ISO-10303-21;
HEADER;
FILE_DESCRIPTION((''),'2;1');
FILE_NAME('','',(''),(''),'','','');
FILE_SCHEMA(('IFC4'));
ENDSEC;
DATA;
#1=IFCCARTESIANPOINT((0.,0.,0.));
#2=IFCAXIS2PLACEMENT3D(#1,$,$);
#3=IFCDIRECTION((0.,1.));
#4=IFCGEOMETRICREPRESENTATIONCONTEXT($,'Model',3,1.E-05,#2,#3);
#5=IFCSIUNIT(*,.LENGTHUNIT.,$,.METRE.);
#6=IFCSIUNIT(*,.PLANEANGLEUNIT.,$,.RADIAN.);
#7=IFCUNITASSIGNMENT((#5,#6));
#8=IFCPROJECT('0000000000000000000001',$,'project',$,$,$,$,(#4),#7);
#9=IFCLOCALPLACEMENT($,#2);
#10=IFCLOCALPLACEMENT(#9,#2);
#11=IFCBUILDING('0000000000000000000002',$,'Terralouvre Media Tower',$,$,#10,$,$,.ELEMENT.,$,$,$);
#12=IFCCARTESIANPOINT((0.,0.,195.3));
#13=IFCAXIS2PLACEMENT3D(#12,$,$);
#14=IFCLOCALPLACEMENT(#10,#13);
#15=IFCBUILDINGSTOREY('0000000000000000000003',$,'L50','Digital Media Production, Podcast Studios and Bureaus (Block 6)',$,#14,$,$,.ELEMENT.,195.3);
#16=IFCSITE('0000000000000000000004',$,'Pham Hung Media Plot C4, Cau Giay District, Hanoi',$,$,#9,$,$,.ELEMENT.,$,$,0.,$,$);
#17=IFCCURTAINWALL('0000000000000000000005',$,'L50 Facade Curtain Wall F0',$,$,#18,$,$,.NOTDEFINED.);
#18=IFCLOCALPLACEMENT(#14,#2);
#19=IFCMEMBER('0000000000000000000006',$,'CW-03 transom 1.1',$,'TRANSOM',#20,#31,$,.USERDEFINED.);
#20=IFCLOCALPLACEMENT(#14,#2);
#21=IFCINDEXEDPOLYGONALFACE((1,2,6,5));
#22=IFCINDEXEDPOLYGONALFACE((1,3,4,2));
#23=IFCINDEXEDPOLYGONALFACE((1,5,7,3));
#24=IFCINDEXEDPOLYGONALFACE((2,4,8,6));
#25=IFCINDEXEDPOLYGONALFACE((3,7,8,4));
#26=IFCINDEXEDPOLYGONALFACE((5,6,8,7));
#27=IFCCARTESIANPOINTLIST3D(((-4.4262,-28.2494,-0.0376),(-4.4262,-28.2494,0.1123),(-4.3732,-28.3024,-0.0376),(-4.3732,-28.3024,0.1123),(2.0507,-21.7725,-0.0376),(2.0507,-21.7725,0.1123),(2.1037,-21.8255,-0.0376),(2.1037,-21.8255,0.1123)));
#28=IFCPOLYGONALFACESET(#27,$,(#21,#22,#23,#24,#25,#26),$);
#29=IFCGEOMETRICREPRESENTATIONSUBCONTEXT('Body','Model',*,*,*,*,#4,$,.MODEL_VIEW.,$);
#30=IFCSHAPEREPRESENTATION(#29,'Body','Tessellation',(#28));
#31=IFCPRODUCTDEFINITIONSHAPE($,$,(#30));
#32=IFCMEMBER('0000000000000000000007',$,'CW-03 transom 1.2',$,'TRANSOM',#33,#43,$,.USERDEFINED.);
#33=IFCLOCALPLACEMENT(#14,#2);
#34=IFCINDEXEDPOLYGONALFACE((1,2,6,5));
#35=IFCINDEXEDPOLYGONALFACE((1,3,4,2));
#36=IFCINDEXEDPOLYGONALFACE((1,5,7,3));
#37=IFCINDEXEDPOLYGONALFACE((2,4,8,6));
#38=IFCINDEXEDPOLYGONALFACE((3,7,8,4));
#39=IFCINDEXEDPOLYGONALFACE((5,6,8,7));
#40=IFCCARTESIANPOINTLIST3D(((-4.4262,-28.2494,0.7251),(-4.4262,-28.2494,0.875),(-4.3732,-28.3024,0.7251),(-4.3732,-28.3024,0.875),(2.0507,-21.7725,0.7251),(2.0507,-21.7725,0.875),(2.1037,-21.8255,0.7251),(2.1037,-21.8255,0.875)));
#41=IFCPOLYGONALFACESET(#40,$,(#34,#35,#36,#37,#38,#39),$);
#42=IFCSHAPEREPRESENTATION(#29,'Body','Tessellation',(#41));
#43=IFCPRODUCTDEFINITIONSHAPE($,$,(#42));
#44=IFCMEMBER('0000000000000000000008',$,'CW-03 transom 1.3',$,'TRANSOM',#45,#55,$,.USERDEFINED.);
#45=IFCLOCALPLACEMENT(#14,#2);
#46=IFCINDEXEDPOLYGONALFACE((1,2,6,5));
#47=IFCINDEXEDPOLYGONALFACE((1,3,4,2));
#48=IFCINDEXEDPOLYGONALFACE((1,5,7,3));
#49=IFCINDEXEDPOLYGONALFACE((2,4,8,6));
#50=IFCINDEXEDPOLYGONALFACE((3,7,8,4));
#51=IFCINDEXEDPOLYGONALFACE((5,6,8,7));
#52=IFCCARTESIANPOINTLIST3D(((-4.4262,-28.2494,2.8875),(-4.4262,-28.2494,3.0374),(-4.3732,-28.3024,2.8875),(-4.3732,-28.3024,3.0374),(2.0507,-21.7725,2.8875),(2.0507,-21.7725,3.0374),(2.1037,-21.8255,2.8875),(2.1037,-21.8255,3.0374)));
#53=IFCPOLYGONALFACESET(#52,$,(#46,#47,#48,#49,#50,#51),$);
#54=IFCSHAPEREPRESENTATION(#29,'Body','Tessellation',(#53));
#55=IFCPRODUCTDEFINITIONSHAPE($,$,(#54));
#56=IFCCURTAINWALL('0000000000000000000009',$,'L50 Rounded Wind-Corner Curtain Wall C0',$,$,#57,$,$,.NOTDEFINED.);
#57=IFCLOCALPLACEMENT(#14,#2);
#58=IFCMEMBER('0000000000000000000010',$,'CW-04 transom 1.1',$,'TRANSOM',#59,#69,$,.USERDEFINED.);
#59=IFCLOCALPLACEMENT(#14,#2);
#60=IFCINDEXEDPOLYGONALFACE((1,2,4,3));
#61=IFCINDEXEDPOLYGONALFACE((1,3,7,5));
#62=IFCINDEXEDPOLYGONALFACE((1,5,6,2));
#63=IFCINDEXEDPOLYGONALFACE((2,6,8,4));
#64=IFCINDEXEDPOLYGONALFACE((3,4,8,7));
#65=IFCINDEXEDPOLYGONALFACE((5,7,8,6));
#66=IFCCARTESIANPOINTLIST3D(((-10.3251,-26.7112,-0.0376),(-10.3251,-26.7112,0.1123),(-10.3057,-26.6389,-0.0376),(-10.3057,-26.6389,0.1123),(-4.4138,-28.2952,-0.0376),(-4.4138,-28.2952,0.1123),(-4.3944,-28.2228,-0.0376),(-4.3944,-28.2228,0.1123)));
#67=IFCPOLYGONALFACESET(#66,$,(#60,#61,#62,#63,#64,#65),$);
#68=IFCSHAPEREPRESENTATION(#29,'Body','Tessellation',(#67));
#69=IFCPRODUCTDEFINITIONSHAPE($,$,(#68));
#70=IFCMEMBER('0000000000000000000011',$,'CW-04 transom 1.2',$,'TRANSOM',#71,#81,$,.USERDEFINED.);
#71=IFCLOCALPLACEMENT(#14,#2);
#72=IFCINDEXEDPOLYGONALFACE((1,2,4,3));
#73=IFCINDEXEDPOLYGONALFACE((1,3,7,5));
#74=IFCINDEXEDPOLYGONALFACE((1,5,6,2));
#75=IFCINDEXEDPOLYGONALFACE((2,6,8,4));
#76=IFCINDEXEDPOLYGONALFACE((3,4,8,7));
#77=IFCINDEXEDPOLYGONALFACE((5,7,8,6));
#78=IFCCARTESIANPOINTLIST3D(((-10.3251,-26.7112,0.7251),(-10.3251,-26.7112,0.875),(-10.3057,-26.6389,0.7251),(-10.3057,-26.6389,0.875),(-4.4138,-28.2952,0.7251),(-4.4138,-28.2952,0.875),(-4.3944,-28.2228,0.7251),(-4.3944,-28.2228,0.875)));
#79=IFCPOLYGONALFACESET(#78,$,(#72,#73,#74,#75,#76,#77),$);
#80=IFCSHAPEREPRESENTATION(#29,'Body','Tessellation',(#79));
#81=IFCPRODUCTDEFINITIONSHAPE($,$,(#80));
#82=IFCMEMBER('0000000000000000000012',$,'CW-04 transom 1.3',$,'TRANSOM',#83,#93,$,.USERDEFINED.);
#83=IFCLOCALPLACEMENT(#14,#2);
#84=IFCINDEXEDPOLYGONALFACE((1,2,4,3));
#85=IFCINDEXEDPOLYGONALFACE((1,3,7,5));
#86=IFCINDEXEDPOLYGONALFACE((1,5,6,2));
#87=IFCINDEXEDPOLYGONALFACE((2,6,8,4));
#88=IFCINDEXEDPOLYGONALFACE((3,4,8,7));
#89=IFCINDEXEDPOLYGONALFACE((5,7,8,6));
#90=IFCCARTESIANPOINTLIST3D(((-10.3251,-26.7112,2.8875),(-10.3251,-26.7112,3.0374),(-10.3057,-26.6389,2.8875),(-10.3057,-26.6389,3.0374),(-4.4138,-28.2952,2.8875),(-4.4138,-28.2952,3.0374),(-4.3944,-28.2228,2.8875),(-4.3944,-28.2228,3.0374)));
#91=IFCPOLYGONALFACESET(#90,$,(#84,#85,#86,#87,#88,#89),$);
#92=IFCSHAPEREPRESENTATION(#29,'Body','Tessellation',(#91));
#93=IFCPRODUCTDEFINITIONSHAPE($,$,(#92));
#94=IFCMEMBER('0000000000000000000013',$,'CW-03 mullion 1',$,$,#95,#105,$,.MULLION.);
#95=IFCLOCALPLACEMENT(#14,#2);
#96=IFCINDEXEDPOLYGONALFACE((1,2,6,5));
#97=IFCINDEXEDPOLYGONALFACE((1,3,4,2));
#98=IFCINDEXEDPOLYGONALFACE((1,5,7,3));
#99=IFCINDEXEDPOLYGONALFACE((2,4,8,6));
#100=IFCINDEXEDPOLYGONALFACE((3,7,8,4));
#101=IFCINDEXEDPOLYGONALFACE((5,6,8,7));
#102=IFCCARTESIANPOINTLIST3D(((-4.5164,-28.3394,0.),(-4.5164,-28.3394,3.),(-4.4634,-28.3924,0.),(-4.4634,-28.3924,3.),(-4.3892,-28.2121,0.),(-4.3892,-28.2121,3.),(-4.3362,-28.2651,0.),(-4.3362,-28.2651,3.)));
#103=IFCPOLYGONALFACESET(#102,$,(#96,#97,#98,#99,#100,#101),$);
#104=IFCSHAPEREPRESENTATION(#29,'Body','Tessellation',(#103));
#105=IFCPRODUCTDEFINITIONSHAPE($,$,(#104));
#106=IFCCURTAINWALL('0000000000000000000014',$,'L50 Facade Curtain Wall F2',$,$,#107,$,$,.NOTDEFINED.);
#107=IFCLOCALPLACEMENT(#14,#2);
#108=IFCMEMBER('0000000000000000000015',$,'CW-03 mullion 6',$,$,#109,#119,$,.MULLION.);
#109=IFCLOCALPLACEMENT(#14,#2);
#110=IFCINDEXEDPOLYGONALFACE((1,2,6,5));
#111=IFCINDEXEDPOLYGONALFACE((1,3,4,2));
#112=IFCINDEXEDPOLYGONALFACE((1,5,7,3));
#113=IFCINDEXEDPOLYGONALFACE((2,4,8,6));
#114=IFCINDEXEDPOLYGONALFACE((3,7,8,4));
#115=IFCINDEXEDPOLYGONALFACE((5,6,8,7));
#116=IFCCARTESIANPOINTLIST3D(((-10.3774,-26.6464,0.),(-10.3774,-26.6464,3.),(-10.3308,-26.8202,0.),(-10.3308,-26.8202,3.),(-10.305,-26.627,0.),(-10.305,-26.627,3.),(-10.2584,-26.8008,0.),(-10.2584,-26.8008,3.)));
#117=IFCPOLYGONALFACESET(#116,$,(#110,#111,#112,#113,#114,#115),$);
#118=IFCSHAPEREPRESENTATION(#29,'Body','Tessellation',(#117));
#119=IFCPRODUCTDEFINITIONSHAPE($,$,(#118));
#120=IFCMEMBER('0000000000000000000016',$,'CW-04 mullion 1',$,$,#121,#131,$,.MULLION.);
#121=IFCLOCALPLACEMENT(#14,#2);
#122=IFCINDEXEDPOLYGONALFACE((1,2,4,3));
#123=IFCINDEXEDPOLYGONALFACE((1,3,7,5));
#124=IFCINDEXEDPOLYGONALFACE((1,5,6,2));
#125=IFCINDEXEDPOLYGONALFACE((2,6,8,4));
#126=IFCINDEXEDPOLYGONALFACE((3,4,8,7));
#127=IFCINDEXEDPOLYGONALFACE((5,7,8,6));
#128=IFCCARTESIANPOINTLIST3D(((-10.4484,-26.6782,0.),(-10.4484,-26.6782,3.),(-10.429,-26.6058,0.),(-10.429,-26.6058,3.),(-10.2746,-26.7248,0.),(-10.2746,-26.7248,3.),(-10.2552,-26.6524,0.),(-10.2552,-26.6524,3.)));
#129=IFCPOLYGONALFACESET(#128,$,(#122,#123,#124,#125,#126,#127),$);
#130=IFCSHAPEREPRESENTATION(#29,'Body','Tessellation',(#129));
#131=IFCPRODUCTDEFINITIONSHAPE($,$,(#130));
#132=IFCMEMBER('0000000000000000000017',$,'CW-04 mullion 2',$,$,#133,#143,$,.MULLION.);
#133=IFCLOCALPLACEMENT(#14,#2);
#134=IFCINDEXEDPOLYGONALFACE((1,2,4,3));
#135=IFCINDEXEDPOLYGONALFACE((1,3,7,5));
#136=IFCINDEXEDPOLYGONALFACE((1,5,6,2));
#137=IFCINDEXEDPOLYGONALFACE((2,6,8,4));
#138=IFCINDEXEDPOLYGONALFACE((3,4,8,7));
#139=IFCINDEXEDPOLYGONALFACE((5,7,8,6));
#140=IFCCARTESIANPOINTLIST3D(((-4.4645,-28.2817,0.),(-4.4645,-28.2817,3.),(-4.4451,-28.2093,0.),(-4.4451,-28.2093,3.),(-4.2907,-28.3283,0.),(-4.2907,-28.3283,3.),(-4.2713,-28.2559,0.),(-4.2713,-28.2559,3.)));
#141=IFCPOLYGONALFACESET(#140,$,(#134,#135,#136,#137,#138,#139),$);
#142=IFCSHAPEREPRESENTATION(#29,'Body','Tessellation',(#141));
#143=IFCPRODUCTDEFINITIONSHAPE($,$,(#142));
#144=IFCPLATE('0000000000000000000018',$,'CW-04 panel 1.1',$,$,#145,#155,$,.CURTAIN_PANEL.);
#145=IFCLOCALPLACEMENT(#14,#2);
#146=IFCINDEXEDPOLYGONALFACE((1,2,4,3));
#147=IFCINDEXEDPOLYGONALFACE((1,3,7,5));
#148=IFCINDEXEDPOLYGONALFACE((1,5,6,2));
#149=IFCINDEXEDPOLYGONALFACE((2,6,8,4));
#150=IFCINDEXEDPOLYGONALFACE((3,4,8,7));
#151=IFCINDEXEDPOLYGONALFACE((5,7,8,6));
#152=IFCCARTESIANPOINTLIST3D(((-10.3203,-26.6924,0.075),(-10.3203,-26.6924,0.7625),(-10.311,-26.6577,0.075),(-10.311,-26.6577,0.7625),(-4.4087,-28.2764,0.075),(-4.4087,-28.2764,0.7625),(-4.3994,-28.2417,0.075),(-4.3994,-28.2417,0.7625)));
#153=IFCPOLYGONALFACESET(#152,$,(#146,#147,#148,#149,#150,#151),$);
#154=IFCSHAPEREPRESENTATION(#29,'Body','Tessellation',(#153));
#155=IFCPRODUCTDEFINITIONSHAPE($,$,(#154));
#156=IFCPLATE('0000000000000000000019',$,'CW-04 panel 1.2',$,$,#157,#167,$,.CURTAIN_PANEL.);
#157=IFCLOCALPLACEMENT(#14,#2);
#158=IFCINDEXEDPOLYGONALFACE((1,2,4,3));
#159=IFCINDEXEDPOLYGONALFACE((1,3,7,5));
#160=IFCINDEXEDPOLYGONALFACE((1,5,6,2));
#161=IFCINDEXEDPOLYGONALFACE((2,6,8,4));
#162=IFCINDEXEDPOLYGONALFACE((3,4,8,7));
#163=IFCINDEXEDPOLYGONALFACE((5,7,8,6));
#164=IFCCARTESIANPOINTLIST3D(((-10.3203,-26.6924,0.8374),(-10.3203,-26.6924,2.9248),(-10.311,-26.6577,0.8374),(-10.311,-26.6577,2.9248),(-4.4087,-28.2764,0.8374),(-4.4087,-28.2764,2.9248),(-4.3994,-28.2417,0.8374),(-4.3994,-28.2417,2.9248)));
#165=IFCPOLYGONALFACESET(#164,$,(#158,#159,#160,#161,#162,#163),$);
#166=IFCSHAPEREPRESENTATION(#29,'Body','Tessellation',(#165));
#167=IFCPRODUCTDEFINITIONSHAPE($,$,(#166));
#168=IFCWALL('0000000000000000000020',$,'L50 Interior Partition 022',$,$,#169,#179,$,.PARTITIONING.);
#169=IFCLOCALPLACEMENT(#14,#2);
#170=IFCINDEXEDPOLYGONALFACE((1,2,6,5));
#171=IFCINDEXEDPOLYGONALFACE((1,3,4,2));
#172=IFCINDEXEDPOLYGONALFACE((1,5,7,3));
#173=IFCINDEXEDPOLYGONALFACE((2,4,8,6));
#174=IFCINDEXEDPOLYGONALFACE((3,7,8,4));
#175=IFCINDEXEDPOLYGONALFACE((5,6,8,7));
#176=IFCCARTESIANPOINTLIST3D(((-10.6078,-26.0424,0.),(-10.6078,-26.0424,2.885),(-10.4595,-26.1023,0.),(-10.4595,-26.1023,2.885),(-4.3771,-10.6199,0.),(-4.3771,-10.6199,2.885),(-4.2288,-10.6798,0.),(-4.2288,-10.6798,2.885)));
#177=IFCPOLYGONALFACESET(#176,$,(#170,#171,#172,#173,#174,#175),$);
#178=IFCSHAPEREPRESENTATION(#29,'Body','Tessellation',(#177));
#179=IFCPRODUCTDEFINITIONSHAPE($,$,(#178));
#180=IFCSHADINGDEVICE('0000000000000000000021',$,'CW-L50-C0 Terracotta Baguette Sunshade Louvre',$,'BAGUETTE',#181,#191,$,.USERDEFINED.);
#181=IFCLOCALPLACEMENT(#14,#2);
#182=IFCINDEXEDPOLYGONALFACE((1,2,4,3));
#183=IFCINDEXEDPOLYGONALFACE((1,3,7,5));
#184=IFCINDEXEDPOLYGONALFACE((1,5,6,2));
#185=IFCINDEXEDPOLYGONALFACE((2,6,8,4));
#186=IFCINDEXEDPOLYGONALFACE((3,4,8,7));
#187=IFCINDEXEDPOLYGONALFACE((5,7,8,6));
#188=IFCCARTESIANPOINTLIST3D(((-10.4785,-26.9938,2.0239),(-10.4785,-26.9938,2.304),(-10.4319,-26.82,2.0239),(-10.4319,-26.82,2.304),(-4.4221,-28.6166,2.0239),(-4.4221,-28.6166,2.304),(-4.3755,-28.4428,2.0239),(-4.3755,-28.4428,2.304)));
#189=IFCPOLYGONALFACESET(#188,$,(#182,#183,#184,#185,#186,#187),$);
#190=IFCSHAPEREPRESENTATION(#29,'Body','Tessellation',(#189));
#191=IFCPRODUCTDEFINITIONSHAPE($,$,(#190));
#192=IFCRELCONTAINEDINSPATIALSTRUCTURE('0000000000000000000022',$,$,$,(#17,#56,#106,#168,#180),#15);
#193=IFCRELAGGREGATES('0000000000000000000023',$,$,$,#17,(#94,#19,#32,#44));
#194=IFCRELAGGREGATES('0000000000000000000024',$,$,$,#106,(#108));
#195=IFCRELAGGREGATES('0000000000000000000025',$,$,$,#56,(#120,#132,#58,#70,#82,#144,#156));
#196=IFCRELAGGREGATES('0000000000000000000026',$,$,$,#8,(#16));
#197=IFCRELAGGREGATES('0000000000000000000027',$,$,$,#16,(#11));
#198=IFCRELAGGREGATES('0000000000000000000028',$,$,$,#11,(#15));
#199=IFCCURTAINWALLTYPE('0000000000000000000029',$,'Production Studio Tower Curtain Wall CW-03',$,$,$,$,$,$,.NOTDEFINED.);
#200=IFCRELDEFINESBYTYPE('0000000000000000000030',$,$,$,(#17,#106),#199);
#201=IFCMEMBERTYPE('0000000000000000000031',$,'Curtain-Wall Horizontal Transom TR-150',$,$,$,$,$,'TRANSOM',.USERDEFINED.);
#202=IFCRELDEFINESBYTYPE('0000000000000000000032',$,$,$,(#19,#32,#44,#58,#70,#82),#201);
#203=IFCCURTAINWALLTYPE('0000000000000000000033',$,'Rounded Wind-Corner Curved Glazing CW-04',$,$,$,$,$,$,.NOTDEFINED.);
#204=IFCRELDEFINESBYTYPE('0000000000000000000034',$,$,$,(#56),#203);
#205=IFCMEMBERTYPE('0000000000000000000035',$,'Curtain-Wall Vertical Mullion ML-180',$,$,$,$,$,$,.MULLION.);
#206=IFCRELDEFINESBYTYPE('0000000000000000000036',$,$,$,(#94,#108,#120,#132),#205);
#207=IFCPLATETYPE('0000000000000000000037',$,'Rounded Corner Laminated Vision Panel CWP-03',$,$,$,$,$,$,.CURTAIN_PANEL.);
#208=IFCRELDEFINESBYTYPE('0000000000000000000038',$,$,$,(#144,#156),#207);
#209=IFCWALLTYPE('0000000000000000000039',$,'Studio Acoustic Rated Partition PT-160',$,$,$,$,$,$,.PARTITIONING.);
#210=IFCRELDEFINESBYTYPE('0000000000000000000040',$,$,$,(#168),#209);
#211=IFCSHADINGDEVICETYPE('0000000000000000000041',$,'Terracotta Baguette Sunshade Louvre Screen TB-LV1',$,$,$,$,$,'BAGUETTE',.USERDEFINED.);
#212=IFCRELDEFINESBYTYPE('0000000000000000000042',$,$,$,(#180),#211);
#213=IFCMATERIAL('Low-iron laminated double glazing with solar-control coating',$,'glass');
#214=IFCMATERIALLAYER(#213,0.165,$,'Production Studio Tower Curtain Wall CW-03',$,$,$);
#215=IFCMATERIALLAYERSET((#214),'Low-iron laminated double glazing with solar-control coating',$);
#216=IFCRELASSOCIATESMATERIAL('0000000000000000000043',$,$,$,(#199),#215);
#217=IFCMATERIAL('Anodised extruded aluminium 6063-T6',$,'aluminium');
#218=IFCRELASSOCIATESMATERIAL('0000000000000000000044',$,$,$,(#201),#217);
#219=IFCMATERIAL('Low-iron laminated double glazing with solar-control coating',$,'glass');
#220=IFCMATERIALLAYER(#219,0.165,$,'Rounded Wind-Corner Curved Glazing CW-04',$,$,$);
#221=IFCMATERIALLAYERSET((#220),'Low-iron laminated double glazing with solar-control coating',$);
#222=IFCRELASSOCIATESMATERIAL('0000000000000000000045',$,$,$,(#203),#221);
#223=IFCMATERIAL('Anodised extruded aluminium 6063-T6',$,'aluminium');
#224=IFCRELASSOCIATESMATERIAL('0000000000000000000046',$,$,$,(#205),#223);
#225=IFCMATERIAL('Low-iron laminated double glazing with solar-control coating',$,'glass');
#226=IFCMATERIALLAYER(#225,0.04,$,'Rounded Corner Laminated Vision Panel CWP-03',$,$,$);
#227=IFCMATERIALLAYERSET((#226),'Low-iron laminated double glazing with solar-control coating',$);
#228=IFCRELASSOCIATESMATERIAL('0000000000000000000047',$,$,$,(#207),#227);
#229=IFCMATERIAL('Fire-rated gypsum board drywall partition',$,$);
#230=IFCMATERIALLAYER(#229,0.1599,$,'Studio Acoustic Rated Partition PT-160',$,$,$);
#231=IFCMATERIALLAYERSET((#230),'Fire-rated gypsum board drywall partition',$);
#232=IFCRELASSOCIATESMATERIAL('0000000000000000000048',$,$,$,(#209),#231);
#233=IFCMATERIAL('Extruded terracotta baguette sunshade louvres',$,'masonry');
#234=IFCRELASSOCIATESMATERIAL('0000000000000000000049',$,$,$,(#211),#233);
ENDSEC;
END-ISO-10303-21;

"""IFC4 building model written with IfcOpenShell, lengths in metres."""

from ifc_helpers import new_model, si_unit, direction, frame, frame_2d, origin, origin_2d, place, context, subcontext, project, spatial, rectangle, extrude, material, layer, layer_set, material_profile, profile_set, type_object, element, aggregate, save


model = new_model("IFC4")

# Units and contexts
model_context = context("Model", 3, precision=1e-05, world=origin(), true_north=direction((0.0, 1.0)))
body_context = subcontext(model_context, "Body", "Model", "MODEL_VIEW")
ifc_project = project(units=[si_unit("LENGTHUNIT", "METRE"), si_unit("PLANEANGLEUNIT", "RADIAN")], contexts=[model_context])

# Site, building, storey
site_placement = place(None, origin())
site = spatial("IfcSite", under=ifc_project, at=site_placement, Name="Pham Hung Media Plot C4, Cau Giay District, Hanoi", CompositionType="ELEMENT", RefElevation=0.0)
building_placement = place(site_placement, origin())
building = spatial("IfcBuilding", under=site, at=building_placement, Name="Terralouvre Media Tower", CompositionType="ELEMENT")
storey_placement = place(building_placement, frame((0.0, 0.0, 195.3)))
storey = spatial("IfcBuildingStorey", under=building, at=storey_placement, Name="L50", Description="Digital Media Production, Podcast Studios and Bureaus (Block 6)", CompositionType="ELEMENT", Elevation=195.3)

# Curtain walls, members
ifc_material_1 = material(Name="Low-iron laminated double glazing with solar-control coating", Category="glass")
ifc_layer_1 = layer(ifc_material_1, 0.165, Name="Production Studio Tower Curtain Wall CW-03")
ifc_layer_set_1 = layer_set([ifc_layer_1], Name="Low-iron laminated double glazing with solar-control coating")
curtain_wall_type_1 = type_object("IfcCurtainWallType", Name="Production Studio Tower Curtain Wall CW-03", PredefinedType="NOTDEFINED", material=ifc_layer_set_1)
curtain_wall_1_placement = place(storey_placement, origin())
curtain_wall_1 = element("IfcCurtainWall", 1, at=curtain_wall_1_placement, inside=storey, type_object=curtain_wall_type_1, Name="L50 Facade Curtain Wall F0", PredefinedType="NOTDEFINED")
ifc_material_2 = material(Name="Anodised extruded aluminium 6063-T6", Category="aluminium")
ifc_material_profile_1 = material_profile(ifc_material_2, rectangle(XDim=0.075, YDim=0.1499, at=origin_2d()), Name="ALU 75x150")
ifc_profile_set_1 = profile_set([ifc_material_profile_1], Name="Anodised extruded aluminium 6063-T6")
member_type_1 = type_object("IfcMemberType", Name="Curtain-Wall Horizontal Transom TR-150", ElementType="TRANSOM", PredefinedType="USERDEFINED", material=ifc_profile_set_1)
member_1_placement = place(storey_placement, frame((-4.3997, -28.2759, 0.0374), z_axis=(0.707107, 0.707107, 0.0), x_axis=(-0.707107, 0.707107, 0.0)))
member_1 = element("IfcMember", 2, at=member_1_placement, type_object=member_type_1, Name="CW-03 transom 1.1", ObjectType="TRANSOM", PredefinedType="USERDEFINED", context=body_context, shape_type="SweptSolid", body=[
    extrude(rectangle(XDim=0.075, YDim=0.1499, at=origin_2d()), origin(), (0.0, 0.0, 1.0), 9.1597),
])
member_2_placement = place(storey_placement, frame((-4.3997, -28.2759, 0.8), z_axis=(0.707107, 0.707107, 0.0), x_axis=(-0.707107, 0.707107, 0.0)))
member_2 = element("IfcMember", 3, at=member_2_placement, type_object=member_type_1, Name="CW-03 transom 1.2", ObjectType="TRANSOM", PredefinedType="USERDEFINED", context=body_context, shape_type="SweptSolid", body=[
    extrude(rectangle(XDim=0.075, YDim=0.1499, at=origin_2d()), origin(), (0.0, 0.0, 1.0), 9.1597),
])
member_3_placement = place(storey_placement, frame((-4.3997, -28.2759, 2.9624), z_axis=(0.707107, 0.707107, 0.0), x_axis=(-0.707107, 0.707107, 0.0)))
member_3 = element("IfcMember", 4, at=member_3_placement, type_object=member_type_1, Name="CW-03 transom 1.3", ObjectType="TRANSOM", PredefinedType="USERDEFINED", context=body_context, shape_type="SweptSolid", body=[
    extrude(rectangle(XDim=0.075, YDim=0.1499, at=origin_2d()), origin(), (0.0, 0.0, 1.0), 9.1597),
])
ifc_material_3 = material(Name="Low-iron laminated double glazing with solar-control coating", Category="glass")
ifc_layer_2 = layer(ifc_material_3, 0.165, Name="Rounded Wind-Corner Curved Glazing CW-04")
ifc_layer_set_2 = layer_set([ifc_layer_2], Name="Low-iron laminated double glazing with solar-control coating")
curtain_wall_type_2 = type_object("IfcCurtainWallType", Name="Rounded Wind-Corner Curved Glazing CW-04", PredefinedType="NOTDEFINED", material=ifc_layer_set_2)
curtain_wall_2_placement = place(storey_placement, origin())
curtain_wall_2 = element("IfcCurtainWall", 5, at=curtain_wall_2_placement, inside=storey, type_object=curtain_wall_type_2, Name="L50 Rounded Wind-Corner Curtain Wall C0", PredefinedType="NOTDEFINED")
member_4_placement = place(storey_placement, frame((-10.3154, -26.675, 0.0374), z_axis=(0.965924, -0.258824, 0.0), x_axis=(0.258824, 0.965924, 0.0)))
member_4 = element("IfcMember", 6, at=member_4_placement, type_object=member_type_1, Name="CW-04 transom 1.1", ObjectType="TRANSOM", PredefinedType="USERDEFINED", context=body_context, shape_type="SweptSolid", body=[
    extrude(rectangle(XDim=0.075, YDim=0.1499, at=origin_2d()), origin(), (0.0, 0.0, 1.0), 6.1199),
])
member_5_placement = place(storey_placement, frame((-10.3154, -26.675, 0.8), z_axis=(0.965924, -0.258824, 0.0), x_axis=(0.258824, 0.965924, 0.0)))
member_5 = element("IfcMember", 7, at=member_5_placement, type_object=member_type_1, Name="CW-04 transom 1.2", ObjectType="TRANSOM", PredefinedType="USERDEFINED", context=body_context, shape_type="SweptSolid", body=[
    extrude(rectangle(XDim=0.075, YDim=0.1499, at=origin_2d()), origin(), (0.0, 0.0, 1.0), 6.1199),
])
member_6_placement = place(storey_placement, frame((-10.3154, -26.675, 2.9624), z_axis=(0.965924, -0.258824, 0.0), x_axis=(0.258824, 0.965924, 0.0)))
member_6 = element("IfcMember", 8, at=member_6_placement, type_object=member_type_1, Name="CW-04 transom 1.3", ObjectType="TRANSOM", PredefinedType="USERDEFINED", context=body_context, shape_type="SweptSolid", body=[
    extrude(rectangle(XDim=0.075, YDim=0.1499, at=origin_2d()), origin(), (0.0, 0.0, 1.0), 6.1199),
])

# Member
ifc_material_4 = material(Name="Anodised extruded aluminium 6063-T6", Category="aluminium")
ifc_material_profile_2 = material_profile(ifc_material_4, rectangle(XDim=0.075, YDim=0.1799, at=origin_2d()), Name="ALU 75x180")
ifc_profile_set_2 = profile_set([ifc_material_profile_2], Name="Anodised extruded aluminium 6063-T6")
member_type_2 = type_object("IfcMemberType", Name="Curtain-Wall Vertical Mullion ML-180", PredefinedType="MULLION", material=ifc_profile_set_2)
member_7_placement = place(storey_placement, frame((-4.4263, -28.3022, 0.0), z_axis=(0.0, 0.0, 1.0), x_axis=(-0.707107, 0.707107, 0.0)))
member_7 = element("IfcMember", 9, at=member_7_placement, type_object=member_type_2, Name="CW-03 mullion 1", PredefinedType="MULLION", context=body_context, shape_type="SweptSolid", body=[
    extrude(rectangle(XDim=0.075, YDim=0.1799, at=origin_2d()), origin(), (0.0, 0.0, 1.0), 3.0),
])
aggregate(curtain_wall_1, [member_7, member_1, member_2, member_3])

# Curtain wall, member
curtain_wall_3_placement = place(storey_placement, origin())
curtain_wall_3 = element("IfcCurtainWall", 10, at=curtain_wall_3_placement, inside=storey, type_object=curtain_wall_type_1, Name="L50 Facade Curtain Wall F2", PredefinedType="NOTDEFINED")
member_8_placement = place(storey_placement, frame((-10.3179, -26.7236, 0.0), z_axis=(0.0, 0.0, 1.0), x_axis=(0.965926, 0.258819, 0.0)))
member_8 = element("IfcMember", 11, at=member_8_placement, type_object=member_type_2, Name="CW-03 mullion 6", PredefinedType="MULLION", context=body_context, shape_type="SweptSolid", body=[
    extrude(rectangle(XDim=0.075, YDim=0.1799, at=origin_2d()), origin(), (0.0, 0.0, 1.0), 3.0),
])
aggregate(curtain_wall_3, [member_8])

# Members
member_9_placement = place(storey_placement, frame((-10.3518, -26.6653, 0.0), z_axis=(0.0, 0.0, 1.0), x_axis=(0.258819, 0.965926, 0.0)))
member_9 = element("IfcMember", 12, at=member_9_placement, type_object=member_type_2, Name="CW-04 mullion 1", PredefinedType="MULLION", context=body_context, shape_type="SweptSolid", body=[
    extrude(rectangle(XDim=0.075, YDim=0.1799, at=origin_2d()), origin(), (0.0, 0.0, 1.0), 3.0),
])
member_10_placement = place(storey_placement, frame((-4.3679, -28.2688, 0.0), z_axis=(0.0, 0.0, 1.0), x_axis=(0.258819, 0.965926, 0.0)))
member_10 = element("IfcMember", 13, at=member_10_placement, type_object=member_type_2, Name="CW-04 mullion 2", PredefinedType="MULLION", context=body_context, shape_type="SweptSolid", body=[
    extrude(rectangle(XDim=0.075, YDim=0.1799, at=origin_2d()), origin(), (0.0, 0.0, 1.0), 3.0),
])

# Plates
ifc_material_5 = material(Name="Low-iron laminated double glazing with solar-control coating", Category="glass")
ifc_layer_3 = layer(ifc_material_5, 0.04, Name="Rounded Corner Laminated Vision Panel CWP-03")
ifc_layer_set_3 = layer_set([ifc_layer_3], Name="Low-iron laminated double glazing with solar-control coating")
plate_type = type_object("IfcPlateType", Name="Rounded Corner Laminated Vision Panel CWP-03", PredefinedType="CURTAIN_PANEL", material=ifc_layer_set_3)
plate_1_placement = place(storey_placement, frame((-7.3599, -27.467, 0.075), z_axis=(0.0, 0.0, 1.0), x_axis=(0.965926, -0.258819, 0.0)))
plate_1 = element("IfcPlate", 14, at=plate_1_placement, type_object=plate_type, Name="CW-04 panel 1.1", PredefinedType="CURTAIN_PANEL", context=body_context, shape_type="SweptSolid", body=[
    extrude(rectangle(XDim=6.1201, YDim=0.0359, at=origin_2d()), origin(), (0.0, 0.0, 1.0), 0.6875),
])
plate_2_placement = place(storey_placement, frame((-7.3599, -27.467, 0.8374), z_axis=(0.0, 0.0, 1.0), x_axis=(0.965926, -0.258819, 0.0)))
plate_2 = element("IfcPlate", 15, at=plate_2_placement, type_object=plate_type, Name="CW-04 panel 1.2", PredefinedType="CURTAIN_PANEL", context=body_context, shape_type="SweptSolid", body=[
    extrude(rectangle(XDim=6.1201, YDim=0.0359, at=origin_2d()), origin(), (0.0, 0.0, 1.0), 2.0874),
])
aggregate(curtain_wall_2, [member_9, member_10, member_4, member_5, member_6, plate_1, plate_2])

# Wall
ifc_material_6 = material(Name="Fire-rated gypsum board drywall partition")
ifc_layer_4 = layer(ifc_material_6, 0.1599, Name="Studio Acoustic Rated Partition PT-160")
ifc_layer_set_4 = layer_set([ifc_layer_4], Name="Fire-rated gypsum board drywall partition")
wall_type = type_object("IfcWallType", Name="Studio Acoustic Rated Partition PT-160", PredefinedType="PARTITIONING", material=ifc_layer_set_4)
wall_placement = place(storey_placement, frame((-10.5337, -26.0725, 0.0), z_axis=(0.0, 0.0, 1.0), x_axis=(0.374585, 0.927193, 0.0)))
element("IfcWall", 16, at=wall_placement, inside=storey, type_object=wall_type, Name="L50 Interior Partition 022", PredefinedType="PARTITIONING", context=body_context, shape_type="SweptSolid", body=[
    extrude(rectangle(XDim=16.6335, YDim=0.1599, at=frame_2d((8.3169, 0.0))), origin(), (0.0, 0.0, 1.0), 2.885),
])

# Shading device
ifc_material_7 = material(Name="Extruded terracotta baguette sunshade louvres", Category="masonry")
shading_device_type = type_object("IfcShadingDeviceType", Name="Terracotta Baguette Sunshade Louvre Screen TB-LV1", ElementType="BAGUETTE", PredefinedType="USERDEFINED", material=ifc_material_7)
shading_device_placement = place(storey_placement, frame((-7.427, -27.7183, 2.0239), z_axis=(0.0, 0.0, 1.0), x_axis=(0.965926, -0.258819, 0.0)))
element("IfcShadingDevice", 17, at=shading_device_placement, inside=storey, type_object=shading_device_type, Name="CW-L50-C0 Terracotta Baguette Sunshade Louvre", ObjectType="BAGUETTE", PredefinedType="USERDEFINED", context=body_context, shape_type="SweptSolid", body=[
    extrude(rectangle(XDim=6.27, YDim=0.1799, at=origin_2d()), origin(), (0.0, 0.0, 1.0), 0.28),
])

save(model, "model.ifc")
